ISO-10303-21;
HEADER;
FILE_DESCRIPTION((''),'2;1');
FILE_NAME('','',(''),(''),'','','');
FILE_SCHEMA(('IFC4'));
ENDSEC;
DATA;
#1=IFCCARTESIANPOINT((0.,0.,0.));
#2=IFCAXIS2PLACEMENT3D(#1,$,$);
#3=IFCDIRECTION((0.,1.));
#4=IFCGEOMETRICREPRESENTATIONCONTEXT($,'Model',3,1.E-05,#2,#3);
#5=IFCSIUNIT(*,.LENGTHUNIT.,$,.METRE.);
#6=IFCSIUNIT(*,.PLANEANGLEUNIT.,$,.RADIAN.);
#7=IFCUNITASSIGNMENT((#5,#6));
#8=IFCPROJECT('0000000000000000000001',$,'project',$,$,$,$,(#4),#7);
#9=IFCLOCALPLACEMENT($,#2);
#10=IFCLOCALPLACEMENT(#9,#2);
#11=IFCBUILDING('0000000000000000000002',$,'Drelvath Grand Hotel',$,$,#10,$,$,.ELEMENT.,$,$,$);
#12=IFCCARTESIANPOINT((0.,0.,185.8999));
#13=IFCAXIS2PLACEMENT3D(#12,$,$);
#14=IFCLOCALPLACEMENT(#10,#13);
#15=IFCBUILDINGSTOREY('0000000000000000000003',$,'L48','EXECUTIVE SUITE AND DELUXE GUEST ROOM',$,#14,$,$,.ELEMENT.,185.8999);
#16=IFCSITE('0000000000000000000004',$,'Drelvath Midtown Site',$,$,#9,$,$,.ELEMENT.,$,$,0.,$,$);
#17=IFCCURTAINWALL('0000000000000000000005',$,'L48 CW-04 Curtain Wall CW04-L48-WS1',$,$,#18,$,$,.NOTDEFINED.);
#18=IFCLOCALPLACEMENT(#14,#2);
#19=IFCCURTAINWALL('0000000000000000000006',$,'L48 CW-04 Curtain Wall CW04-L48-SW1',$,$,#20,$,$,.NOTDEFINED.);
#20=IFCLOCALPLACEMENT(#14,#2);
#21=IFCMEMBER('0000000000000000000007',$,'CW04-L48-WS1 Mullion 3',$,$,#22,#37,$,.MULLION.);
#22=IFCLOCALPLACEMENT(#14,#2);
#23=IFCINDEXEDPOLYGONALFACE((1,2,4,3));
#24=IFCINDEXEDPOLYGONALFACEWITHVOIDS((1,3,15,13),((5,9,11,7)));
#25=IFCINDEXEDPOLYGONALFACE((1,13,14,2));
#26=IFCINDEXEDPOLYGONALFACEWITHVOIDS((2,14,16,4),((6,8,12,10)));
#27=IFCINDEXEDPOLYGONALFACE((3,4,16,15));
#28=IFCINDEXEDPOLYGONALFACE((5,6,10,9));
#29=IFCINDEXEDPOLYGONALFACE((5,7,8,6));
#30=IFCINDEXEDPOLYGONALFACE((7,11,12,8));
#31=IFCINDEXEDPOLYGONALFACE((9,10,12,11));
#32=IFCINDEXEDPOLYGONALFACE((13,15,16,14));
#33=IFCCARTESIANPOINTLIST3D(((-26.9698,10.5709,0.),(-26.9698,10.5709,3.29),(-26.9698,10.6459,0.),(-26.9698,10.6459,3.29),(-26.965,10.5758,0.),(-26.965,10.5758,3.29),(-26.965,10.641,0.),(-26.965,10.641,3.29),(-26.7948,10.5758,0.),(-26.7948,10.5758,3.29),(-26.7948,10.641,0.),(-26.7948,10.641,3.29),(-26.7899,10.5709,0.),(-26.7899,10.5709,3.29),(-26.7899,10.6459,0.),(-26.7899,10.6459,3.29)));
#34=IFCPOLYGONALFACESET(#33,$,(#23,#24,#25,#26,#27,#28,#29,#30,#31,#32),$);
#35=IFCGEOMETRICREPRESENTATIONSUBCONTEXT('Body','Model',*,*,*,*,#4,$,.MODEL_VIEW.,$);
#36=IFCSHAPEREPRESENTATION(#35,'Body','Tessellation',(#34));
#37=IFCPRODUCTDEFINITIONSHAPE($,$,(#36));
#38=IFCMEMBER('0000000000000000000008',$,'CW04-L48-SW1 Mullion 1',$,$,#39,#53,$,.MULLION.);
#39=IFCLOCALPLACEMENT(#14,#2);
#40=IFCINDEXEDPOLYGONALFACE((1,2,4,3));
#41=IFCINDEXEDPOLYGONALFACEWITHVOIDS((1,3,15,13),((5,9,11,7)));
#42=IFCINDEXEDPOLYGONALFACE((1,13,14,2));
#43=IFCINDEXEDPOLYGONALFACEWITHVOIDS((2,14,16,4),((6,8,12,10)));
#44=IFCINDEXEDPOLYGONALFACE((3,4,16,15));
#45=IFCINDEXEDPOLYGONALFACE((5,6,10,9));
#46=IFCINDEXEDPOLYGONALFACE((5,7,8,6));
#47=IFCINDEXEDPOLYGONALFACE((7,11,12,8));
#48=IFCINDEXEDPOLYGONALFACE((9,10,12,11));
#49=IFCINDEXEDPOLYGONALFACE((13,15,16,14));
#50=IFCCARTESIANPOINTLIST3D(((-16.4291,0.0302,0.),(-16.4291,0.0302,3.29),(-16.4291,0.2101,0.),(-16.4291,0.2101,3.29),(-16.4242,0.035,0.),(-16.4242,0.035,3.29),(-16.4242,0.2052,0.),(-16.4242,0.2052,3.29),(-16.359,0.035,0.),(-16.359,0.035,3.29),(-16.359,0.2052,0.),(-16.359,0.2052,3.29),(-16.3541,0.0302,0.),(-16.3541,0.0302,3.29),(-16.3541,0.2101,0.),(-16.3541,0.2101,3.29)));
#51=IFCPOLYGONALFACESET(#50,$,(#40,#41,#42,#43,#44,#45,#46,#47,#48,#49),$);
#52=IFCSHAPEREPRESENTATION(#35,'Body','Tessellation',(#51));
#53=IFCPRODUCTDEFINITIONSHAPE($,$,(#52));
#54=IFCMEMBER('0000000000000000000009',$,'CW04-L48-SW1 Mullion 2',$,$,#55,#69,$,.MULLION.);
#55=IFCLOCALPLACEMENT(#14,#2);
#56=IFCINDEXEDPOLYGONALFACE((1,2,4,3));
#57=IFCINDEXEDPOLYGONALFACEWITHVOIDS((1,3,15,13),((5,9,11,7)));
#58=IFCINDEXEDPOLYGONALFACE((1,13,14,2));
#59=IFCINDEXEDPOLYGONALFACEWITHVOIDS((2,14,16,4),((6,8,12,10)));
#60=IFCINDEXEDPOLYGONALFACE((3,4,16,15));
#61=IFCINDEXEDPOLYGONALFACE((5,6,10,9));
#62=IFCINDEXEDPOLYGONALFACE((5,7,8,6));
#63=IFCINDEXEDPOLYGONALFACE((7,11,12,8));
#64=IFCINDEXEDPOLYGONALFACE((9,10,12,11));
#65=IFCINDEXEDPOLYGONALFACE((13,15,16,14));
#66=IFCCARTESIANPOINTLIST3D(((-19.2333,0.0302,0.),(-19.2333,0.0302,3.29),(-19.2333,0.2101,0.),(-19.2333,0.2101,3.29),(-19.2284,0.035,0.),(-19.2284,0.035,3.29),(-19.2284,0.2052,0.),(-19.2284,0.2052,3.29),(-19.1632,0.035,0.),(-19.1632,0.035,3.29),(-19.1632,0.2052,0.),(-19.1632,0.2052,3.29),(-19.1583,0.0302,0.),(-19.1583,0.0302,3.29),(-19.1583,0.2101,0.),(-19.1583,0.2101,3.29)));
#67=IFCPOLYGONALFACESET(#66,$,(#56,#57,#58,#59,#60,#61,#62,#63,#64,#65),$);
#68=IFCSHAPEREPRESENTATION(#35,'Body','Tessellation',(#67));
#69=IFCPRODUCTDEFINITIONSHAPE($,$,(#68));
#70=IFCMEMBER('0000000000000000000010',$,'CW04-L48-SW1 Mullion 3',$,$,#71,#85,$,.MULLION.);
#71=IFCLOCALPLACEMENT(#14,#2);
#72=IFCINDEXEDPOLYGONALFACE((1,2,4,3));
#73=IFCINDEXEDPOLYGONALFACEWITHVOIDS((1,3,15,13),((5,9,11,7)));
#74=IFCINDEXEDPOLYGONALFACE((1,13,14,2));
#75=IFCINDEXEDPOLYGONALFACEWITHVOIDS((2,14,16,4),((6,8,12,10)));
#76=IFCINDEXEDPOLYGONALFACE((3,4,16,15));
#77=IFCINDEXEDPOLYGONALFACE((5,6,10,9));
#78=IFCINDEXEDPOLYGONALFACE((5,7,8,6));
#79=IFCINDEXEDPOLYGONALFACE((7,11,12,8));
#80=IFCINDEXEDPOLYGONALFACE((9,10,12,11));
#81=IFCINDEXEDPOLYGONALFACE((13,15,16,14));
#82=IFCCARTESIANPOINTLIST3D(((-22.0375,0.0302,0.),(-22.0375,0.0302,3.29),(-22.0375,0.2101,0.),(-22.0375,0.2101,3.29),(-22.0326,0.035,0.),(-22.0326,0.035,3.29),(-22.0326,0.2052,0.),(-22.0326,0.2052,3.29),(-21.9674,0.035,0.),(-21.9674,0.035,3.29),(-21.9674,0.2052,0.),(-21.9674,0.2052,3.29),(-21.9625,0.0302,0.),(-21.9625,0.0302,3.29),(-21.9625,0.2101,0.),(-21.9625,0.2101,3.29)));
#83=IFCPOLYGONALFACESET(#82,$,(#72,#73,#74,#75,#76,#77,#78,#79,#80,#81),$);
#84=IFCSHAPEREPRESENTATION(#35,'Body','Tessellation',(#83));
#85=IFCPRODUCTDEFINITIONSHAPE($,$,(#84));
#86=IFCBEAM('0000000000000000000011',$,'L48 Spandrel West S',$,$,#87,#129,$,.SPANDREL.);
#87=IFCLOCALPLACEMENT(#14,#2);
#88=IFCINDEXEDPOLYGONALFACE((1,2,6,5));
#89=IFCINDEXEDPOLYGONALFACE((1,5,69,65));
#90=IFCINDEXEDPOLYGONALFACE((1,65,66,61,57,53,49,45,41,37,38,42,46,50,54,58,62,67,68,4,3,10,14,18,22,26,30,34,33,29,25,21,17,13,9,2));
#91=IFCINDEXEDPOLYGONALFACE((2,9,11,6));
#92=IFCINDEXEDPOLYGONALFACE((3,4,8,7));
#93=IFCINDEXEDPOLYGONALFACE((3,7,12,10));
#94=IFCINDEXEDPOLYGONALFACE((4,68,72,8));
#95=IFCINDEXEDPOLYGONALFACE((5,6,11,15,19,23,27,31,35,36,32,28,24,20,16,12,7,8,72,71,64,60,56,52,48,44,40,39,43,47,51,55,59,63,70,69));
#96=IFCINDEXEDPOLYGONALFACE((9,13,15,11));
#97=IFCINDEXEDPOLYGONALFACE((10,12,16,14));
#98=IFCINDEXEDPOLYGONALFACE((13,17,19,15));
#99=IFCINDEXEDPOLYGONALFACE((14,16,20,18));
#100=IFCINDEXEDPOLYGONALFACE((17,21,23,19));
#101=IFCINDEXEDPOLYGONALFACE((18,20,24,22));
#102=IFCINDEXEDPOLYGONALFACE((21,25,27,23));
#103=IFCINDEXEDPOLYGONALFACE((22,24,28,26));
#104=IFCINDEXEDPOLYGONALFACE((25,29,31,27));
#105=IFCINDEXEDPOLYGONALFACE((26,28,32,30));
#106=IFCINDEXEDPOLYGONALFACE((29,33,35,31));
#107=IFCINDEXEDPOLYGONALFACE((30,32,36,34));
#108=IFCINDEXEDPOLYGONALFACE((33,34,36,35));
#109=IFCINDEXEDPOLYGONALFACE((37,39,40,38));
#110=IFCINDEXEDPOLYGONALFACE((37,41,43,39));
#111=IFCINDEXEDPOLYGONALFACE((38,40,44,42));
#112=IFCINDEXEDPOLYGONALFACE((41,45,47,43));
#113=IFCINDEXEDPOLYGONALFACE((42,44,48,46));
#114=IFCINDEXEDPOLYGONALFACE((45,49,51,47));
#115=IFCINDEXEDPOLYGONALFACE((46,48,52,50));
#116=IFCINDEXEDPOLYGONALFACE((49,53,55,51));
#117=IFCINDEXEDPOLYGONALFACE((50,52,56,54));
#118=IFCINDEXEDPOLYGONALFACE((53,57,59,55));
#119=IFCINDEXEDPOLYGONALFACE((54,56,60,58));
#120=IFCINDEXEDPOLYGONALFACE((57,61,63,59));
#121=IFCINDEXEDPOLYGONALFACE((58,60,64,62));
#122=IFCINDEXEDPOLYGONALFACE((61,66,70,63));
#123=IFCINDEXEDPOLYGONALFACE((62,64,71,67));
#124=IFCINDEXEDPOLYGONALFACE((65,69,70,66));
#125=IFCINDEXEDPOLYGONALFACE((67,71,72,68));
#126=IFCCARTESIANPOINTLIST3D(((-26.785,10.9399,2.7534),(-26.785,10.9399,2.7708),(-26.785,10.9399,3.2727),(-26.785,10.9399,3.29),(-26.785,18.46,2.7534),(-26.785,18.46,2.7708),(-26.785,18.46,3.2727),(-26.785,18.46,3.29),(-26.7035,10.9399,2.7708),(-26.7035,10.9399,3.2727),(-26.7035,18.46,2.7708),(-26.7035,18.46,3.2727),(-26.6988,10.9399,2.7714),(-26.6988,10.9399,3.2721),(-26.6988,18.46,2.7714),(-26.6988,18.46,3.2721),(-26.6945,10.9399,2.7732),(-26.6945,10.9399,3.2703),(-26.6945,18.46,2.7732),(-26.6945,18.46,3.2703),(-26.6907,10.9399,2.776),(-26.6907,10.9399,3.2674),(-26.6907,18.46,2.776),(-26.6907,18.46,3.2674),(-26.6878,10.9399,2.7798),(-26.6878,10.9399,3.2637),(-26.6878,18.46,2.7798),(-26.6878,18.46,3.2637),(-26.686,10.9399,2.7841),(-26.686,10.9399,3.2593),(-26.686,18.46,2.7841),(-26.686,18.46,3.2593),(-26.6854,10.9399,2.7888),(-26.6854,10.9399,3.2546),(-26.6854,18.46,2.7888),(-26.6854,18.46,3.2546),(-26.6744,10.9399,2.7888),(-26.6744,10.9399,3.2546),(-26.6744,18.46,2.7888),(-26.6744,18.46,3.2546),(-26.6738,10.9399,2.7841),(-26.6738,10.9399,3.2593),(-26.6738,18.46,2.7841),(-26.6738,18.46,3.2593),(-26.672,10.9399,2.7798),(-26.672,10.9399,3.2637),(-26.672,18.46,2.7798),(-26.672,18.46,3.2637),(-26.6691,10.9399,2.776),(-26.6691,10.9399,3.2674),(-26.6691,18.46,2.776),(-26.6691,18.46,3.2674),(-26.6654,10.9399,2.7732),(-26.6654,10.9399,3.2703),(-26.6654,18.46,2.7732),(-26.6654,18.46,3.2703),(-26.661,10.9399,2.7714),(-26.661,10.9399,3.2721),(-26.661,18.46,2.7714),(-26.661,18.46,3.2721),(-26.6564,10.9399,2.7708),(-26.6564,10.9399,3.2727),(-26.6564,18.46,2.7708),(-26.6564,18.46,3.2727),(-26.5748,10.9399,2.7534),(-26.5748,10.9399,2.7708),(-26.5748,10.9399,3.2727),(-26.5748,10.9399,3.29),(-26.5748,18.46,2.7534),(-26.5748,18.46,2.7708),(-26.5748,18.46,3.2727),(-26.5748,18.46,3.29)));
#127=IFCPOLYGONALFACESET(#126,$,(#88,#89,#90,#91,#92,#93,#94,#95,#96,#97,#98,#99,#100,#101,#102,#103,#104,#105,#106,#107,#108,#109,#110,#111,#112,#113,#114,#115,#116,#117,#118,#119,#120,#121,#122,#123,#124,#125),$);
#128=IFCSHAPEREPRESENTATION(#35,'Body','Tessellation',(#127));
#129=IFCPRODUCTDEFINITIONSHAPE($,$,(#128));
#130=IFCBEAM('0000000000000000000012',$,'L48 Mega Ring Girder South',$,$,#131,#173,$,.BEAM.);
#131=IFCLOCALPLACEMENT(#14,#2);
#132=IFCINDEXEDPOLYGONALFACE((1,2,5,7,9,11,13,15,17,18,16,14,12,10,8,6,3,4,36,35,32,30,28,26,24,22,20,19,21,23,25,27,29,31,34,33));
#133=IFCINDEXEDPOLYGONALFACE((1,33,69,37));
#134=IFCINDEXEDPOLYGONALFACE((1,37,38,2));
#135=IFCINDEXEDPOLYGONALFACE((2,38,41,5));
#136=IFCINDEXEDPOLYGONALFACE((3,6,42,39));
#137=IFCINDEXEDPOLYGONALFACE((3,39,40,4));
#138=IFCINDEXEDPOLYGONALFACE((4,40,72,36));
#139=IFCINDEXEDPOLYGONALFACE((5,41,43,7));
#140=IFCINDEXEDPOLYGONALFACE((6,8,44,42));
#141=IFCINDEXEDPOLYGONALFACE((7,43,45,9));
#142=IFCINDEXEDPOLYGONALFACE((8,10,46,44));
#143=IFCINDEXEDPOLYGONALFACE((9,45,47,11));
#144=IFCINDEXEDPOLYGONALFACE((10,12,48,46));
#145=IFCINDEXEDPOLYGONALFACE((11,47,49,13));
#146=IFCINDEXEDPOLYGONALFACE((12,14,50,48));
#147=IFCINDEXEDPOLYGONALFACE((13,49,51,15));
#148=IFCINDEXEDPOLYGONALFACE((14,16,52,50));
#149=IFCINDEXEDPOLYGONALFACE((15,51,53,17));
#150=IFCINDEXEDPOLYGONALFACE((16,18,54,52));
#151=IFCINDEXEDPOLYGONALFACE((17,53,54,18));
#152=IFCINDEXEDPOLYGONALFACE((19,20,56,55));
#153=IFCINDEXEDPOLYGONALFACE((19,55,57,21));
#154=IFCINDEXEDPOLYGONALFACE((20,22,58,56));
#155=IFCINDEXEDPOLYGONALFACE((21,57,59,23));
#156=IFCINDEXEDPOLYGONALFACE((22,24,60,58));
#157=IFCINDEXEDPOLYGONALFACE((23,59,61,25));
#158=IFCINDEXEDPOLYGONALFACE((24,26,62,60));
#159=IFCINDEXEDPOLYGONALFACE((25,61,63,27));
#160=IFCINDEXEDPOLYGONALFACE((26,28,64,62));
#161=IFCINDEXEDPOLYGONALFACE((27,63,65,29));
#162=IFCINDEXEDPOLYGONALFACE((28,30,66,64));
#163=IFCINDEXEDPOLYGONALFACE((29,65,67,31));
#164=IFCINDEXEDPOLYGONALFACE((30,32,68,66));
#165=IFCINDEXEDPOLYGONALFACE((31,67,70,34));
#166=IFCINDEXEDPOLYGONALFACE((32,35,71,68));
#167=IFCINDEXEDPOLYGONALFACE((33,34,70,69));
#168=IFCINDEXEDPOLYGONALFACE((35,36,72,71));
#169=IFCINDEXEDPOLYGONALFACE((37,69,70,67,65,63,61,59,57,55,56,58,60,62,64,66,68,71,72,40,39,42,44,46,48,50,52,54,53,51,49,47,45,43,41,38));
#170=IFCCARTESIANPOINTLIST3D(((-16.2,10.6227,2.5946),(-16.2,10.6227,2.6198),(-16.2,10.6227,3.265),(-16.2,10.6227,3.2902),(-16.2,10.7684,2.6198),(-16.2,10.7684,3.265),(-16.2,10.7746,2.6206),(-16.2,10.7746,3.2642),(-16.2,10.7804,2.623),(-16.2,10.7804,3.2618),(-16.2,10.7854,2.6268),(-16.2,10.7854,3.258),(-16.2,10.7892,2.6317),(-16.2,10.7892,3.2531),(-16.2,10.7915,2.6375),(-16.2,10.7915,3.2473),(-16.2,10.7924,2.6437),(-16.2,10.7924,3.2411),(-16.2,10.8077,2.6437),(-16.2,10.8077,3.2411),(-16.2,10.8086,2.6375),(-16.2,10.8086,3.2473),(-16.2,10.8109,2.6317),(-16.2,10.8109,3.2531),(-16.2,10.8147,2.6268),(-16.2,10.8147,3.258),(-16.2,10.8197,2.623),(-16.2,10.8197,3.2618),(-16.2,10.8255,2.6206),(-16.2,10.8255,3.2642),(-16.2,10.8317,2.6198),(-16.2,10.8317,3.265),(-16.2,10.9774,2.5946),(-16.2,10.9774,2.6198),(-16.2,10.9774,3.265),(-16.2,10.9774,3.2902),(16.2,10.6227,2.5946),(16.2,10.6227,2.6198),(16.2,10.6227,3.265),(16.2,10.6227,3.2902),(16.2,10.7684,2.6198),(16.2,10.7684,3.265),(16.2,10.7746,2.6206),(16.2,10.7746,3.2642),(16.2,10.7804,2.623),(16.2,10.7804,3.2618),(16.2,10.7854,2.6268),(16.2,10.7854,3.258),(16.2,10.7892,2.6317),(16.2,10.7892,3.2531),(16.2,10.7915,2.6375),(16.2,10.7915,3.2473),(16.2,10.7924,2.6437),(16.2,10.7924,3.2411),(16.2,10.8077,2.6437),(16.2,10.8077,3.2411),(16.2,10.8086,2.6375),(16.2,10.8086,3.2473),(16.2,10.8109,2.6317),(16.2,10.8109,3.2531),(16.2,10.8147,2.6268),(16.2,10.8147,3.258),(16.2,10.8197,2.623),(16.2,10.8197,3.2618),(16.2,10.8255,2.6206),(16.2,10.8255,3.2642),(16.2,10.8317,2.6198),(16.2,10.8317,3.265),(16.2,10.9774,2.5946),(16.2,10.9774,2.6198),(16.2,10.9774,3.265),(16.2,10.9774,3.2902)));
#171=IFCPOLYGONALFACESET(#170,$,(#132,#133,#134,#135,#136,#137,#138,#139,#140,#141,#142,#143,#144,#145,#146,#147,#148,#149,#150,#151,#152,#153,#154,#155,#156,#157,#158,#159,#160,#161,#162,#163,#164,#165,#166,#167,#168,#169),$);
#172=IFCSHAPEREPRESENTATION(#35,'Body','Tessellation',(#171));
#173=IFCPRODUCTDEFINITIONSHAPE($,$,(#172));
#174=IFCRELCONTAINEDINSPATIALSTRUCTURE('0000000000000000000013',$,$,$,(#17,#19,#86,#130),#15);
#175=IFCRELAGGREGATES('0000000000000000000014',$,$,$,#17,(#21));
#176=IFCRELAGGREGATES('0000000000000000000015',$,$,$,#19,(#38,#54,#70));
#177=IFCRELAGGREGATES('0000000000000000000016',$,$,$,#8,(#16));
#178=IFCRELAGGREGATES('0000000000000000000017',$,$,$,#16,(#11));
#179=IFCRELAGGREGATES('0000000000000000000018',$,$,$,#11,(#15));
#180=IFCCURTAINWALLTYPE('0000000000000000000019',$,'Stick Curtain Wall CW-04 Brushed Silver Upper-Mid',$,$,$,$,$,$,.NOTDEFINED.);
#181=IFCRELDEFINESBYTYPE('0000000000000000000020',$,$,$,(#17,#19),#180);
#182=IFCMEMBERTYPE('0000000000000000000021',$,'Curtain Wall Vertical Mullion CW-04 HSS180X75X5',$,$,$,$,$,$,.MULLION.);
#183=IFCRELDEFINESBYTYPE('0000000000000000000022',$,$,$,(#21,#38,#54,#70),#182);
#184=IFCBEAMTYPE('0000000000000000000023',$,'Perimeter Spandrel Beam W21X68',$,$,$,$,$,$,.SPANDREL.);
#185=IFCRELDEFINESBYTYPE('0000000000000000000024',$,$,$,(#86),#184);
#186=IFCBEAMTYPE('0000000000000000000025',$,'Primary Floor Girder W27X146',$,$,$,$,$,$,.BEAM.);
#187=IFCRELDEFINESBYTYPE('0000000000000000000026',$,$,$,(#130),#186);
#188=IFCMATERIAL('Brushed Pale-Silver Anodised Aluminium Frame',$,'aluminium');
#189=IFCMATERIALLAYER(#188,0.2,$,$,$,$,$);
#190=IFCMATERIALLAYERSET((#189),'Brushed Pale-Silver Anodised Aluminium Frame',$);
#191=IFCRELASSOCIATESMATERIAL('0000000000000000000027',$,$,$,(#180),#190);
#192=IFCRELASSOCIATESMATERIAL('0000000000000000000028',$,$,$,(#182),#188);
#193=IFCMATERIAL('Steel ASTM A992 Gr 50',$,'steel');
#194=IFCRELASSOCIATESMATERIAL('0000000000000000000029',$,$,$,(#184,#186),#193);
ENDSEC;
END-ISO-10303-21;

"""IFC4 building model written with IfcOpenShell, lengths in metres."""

from ifc_helpers import new_model, si_unit, direction, frame, origin, origin_2d, place, context, subcontext, project, spatial, hollow_rectangle, i_section, extrude, material, layer, layer_set, material_profile, profile_set, type_object, element, aggregate, save


model = new_model("IFC4")

# Units and contexts
model_context = context("Model", 3, precision=1e-05, world=origin(), true_north=direction((0.0, 1.0)))
body_context = subcontext(model_context, "Body", "Model", "MODEL_VIEW")
ifc_project = project(units=[si_unit("LENGTHUNIT", "METRE"), si_unit("PLANEANGLEUNIT", "RADIAN")], contexts=[model_context])

# Site, building, storey
site_placement = place(None, origin())
site = spatial("IfcSite", under=ifc_project, at=site_placement, Name="Drelvath Midtown Site", CompositionType="ELEMENT", RefElevation=0.0)
building_placement = place(site_placement, origin())
building = spatial("IfcBuilding", under=site, at=building_placement, Name="Drelvath Grand Hotel", CompositionType="ELEMENT")
storey_placement = place(building_placement, frame((0.0, 0.0, 185.8999)))
storey = spatial("IfcBuildingStorey", under=building, at=storey_placement, Name="L48", Description="EXECUTIVE SUITE AND DELUXE GUEST ROOM", CompositionType="ELEMENT", Elevation=185.8999)

# Curtain walls
ifc_material_1 = material(Name="Brushed Pale-Silver Anodised Aluminium Frame", Category="aluminium")
ifc_layer_1 = layer(ifc_material_1, 0.2)
ifc_layer_set_1 = layer_set([ifc_layer_1], Name="Brushed Pale-Silver Anodised Aluminium Frame")
curtain_wall_type = type_object("IfcCurtainWallType", Name="Stick Curtain Wall CW-04 Brushed Silver Upper-Mid", PredefinedType="NOTDEFINED", material=ifc_layer_set_1)
curtain_wall_1_placement = place(storey_placement, origin())
curtain_wall_1 = element("IfcCurtainWall", 1, at=curtain_wall_1_placement, inside=storey, type_object=curtain_wall_type, Name="L48 CW-04 Curtain Wall CW04-L48-WS1", PredefinedType="NOTDEFINED")
curtain_wall_2_placement = place(storey_placement, origin())
curtain_wall_2 = element("IfcCurtainWall", 2, at=curtain_wall_2_placement, inside=storey, type_object=curtain_wall_type, Name="L48 CW-04 Curtain Wall CW04-L48-SW1", PredefinedType="NOTDEFINED")

# Members
ifc_material_profile_1 = material_profile(ifc_material_1, hollow_rectangle(XDim=0.075, YDim=0.1799, WallThickness=0.0049, at=origin_2d()), Name="HSS180X75X5")
ifc_profile_set_1 = profile_set([ifc_material_profile_1], Name="Brushed Pale-Silver Anodised Aluminium Frame")
member_type_1 = type_object("IfcMemberType", Name="Curtain Wall Vertical Mullion CW-04 HSS180X75X5", PredefinedType="MULLION", material=ifc_profile_set_1)
member_1_placement = place(storey_placement, frame((-26.8799, 10.6084, 0.0), z_axis=(0.0, 0.0, 1.0), x_axis=(0.0, 1.0, 0.0)))
member_1 = element("IfcMember", 3, at=member_1_placement, type_object=member_type_1, Name="CW04-L48-WS1 Mullion 3", PredefinedType="MULLION", context=body_context, shape_type="SweptSolid", body=[
    extrude(hollow_rectangle(XDim=0.075, YDim=0.1799, WallThickness=0.0049, at=origin_2d()), origin(), (0.0, 0.0, 1.0), 3.29),
])
member_2_placement = place(storey_placement, frame((-16.3916, 0.1201, 0.0), z_axis=(0.0, 0.0, 1.0), x_axis=(1.0, 0.0, 0.0)))
member_2 = element("IfcMember", 4, at=member_2_placement, type_object=member_type_1, Name="CW04-L48-SW1 Mullion 1", PredefinedType="MULLION", context=body_context, shape_type="SweptSolid", body=[
    extrude(hollow_rectangle(XDim=0.075, YDim=0.1799, WallThickness=0.0049, at=origin_2d()), origin(), (0.0, 0.0, 1.0), 3.29),
])
member_3_placement = place(storey_placement, frame((-19.1958, 0.1201, 0.0), z_axis=(0.0, 0.0, 1.0), x_axis=(1.0, 0.0, 0.0)))
member_3 = element("IfcMember", 5, at=member_3_placement, type_object=member_type_1, Name="CW04-L48-SW1 Mullion 2", PredefinedType="MULLION", context=body_context, shape_type="SweptSolid", body=[
    extrude(hollow_rectangle(XDim=0.075, YDim=0.1799, WallThickness=0.0049, at=origin_2d()), origin(), (0.0, 0.0, 1.0), 3.29),
])
member_4_placement = place(storey_placement, frame((-22.0, 0.1201, 0.0), z_axis=(0.0, 0.0, 1.0), x_axis=(1.0, 0.0, 0.0)))
member_4 = element("IfcMember", 6, at=member_4_placement, type_object=member_type_1, Name="CW04-L48-SW1 Mullion 3", PredefinedType="MULLION", context=body_context, shape_type="SweptSolid", body=[
    extrude(hollow_rectangle(XDim=0.075, YDim=0.1799, WallThickness=0.0049, at=origin_2d()), origin(), (0.0, 0.0, 1.0), 3.29),
])

# Beams
ifc_material_2 = material(Name="Steel ASTM A992 Gr 50", Category="steel")
ifc_material_profile_2 = material_profile(ifc_material_2, i_section(OverallWidth=0.2102, OverallDepth=0.5366, WebThickness=0.011, FlangeThickness=0.0173, FilletRadius=0.0181, at=origin_2d()), Name="W21X68")
ifc_profile_set_2 = profile_set([ifc_material_profile_2], Name="Steel ASTM A992 Gr 50")
beam_type_1 = type_object("IfcBeamType", Name="Perimeter Spandrel Beam W21X68", PredefinedType="SPANDREL", material=ifc_profile_set_2)
beam_placement = place(storey_placement, frame((-26.6799, 10.9399, 3.0217), z_axis=(0.0, 1.0, 0.0), x_axis=(-1.0, 0.0, 0.0)))
element("IfcBeam", 7, at=beam_placement, inside=storey, type_object=beam_type_1, Name="L48 Spandrel West S", PredefinedType="SPANDREL", context=body_context, shape_type="SweptSolid", body=[
    extrude(i_section(OverallWidth=0.2102, OverallDepth=0.5366, WebThickness=0.011, FlangeThickness=0.0173, FilletRadius=0.0181, at=origin_2d()), origin(), (0.0, 0.0, 1.0), 7.52),
])
ifc_material_profile_3 = material_profile(ifc_material_2, i_section(OverallWidth=0.3547, OverallDepth=0.6956, WebThickness=0.0154, FlangeThickness=0.0251, FilletRadius=0.0239, at=origin_2d()), Name="W27X146")
ifc_profile_set_3 = profile_set([ifc_material_profile_3], Name="Steel ASTM A992 Gr 50")
beam_type_2 = type_object("IfcBeamType", Name="Primary Floor Girder W27X146", PredefinedType="BEAM", material=ifc_profile_set_3)
for number, where, z_axis, x_axis, name in (
    (8, (-16.2, 10.8, 2.9424), (1.0, 0.0, 0.0), (0.0, 1.0, 0.0), "L48 Mega Ring Girder South"),
):
    element("IfcBeam", number, at=place(storey_placement, frame(where, z_axis=z_axis, x_axis=x_axis)), inside=storey, type_object=beam_type_2, Name=name, PredefinedType="BEAM", context=body_context, shape_type="SweptSolid", body=[
        extrude(i_section(OverallWidth=0.3547, OverallDepth=0.6956, WebThickness=0.0154, FlangeThickness=0.0251, FilletRadius=0.0239, at=origin_2d()), origin(), (0.0, 0.0, 1.0), 32.3999),
    ])

aggregate(curtain_wall_1, [member_1])
aggregate(curtain_wall_2, [member_2, member_3, member_4])

save(model, "model.ifc")
